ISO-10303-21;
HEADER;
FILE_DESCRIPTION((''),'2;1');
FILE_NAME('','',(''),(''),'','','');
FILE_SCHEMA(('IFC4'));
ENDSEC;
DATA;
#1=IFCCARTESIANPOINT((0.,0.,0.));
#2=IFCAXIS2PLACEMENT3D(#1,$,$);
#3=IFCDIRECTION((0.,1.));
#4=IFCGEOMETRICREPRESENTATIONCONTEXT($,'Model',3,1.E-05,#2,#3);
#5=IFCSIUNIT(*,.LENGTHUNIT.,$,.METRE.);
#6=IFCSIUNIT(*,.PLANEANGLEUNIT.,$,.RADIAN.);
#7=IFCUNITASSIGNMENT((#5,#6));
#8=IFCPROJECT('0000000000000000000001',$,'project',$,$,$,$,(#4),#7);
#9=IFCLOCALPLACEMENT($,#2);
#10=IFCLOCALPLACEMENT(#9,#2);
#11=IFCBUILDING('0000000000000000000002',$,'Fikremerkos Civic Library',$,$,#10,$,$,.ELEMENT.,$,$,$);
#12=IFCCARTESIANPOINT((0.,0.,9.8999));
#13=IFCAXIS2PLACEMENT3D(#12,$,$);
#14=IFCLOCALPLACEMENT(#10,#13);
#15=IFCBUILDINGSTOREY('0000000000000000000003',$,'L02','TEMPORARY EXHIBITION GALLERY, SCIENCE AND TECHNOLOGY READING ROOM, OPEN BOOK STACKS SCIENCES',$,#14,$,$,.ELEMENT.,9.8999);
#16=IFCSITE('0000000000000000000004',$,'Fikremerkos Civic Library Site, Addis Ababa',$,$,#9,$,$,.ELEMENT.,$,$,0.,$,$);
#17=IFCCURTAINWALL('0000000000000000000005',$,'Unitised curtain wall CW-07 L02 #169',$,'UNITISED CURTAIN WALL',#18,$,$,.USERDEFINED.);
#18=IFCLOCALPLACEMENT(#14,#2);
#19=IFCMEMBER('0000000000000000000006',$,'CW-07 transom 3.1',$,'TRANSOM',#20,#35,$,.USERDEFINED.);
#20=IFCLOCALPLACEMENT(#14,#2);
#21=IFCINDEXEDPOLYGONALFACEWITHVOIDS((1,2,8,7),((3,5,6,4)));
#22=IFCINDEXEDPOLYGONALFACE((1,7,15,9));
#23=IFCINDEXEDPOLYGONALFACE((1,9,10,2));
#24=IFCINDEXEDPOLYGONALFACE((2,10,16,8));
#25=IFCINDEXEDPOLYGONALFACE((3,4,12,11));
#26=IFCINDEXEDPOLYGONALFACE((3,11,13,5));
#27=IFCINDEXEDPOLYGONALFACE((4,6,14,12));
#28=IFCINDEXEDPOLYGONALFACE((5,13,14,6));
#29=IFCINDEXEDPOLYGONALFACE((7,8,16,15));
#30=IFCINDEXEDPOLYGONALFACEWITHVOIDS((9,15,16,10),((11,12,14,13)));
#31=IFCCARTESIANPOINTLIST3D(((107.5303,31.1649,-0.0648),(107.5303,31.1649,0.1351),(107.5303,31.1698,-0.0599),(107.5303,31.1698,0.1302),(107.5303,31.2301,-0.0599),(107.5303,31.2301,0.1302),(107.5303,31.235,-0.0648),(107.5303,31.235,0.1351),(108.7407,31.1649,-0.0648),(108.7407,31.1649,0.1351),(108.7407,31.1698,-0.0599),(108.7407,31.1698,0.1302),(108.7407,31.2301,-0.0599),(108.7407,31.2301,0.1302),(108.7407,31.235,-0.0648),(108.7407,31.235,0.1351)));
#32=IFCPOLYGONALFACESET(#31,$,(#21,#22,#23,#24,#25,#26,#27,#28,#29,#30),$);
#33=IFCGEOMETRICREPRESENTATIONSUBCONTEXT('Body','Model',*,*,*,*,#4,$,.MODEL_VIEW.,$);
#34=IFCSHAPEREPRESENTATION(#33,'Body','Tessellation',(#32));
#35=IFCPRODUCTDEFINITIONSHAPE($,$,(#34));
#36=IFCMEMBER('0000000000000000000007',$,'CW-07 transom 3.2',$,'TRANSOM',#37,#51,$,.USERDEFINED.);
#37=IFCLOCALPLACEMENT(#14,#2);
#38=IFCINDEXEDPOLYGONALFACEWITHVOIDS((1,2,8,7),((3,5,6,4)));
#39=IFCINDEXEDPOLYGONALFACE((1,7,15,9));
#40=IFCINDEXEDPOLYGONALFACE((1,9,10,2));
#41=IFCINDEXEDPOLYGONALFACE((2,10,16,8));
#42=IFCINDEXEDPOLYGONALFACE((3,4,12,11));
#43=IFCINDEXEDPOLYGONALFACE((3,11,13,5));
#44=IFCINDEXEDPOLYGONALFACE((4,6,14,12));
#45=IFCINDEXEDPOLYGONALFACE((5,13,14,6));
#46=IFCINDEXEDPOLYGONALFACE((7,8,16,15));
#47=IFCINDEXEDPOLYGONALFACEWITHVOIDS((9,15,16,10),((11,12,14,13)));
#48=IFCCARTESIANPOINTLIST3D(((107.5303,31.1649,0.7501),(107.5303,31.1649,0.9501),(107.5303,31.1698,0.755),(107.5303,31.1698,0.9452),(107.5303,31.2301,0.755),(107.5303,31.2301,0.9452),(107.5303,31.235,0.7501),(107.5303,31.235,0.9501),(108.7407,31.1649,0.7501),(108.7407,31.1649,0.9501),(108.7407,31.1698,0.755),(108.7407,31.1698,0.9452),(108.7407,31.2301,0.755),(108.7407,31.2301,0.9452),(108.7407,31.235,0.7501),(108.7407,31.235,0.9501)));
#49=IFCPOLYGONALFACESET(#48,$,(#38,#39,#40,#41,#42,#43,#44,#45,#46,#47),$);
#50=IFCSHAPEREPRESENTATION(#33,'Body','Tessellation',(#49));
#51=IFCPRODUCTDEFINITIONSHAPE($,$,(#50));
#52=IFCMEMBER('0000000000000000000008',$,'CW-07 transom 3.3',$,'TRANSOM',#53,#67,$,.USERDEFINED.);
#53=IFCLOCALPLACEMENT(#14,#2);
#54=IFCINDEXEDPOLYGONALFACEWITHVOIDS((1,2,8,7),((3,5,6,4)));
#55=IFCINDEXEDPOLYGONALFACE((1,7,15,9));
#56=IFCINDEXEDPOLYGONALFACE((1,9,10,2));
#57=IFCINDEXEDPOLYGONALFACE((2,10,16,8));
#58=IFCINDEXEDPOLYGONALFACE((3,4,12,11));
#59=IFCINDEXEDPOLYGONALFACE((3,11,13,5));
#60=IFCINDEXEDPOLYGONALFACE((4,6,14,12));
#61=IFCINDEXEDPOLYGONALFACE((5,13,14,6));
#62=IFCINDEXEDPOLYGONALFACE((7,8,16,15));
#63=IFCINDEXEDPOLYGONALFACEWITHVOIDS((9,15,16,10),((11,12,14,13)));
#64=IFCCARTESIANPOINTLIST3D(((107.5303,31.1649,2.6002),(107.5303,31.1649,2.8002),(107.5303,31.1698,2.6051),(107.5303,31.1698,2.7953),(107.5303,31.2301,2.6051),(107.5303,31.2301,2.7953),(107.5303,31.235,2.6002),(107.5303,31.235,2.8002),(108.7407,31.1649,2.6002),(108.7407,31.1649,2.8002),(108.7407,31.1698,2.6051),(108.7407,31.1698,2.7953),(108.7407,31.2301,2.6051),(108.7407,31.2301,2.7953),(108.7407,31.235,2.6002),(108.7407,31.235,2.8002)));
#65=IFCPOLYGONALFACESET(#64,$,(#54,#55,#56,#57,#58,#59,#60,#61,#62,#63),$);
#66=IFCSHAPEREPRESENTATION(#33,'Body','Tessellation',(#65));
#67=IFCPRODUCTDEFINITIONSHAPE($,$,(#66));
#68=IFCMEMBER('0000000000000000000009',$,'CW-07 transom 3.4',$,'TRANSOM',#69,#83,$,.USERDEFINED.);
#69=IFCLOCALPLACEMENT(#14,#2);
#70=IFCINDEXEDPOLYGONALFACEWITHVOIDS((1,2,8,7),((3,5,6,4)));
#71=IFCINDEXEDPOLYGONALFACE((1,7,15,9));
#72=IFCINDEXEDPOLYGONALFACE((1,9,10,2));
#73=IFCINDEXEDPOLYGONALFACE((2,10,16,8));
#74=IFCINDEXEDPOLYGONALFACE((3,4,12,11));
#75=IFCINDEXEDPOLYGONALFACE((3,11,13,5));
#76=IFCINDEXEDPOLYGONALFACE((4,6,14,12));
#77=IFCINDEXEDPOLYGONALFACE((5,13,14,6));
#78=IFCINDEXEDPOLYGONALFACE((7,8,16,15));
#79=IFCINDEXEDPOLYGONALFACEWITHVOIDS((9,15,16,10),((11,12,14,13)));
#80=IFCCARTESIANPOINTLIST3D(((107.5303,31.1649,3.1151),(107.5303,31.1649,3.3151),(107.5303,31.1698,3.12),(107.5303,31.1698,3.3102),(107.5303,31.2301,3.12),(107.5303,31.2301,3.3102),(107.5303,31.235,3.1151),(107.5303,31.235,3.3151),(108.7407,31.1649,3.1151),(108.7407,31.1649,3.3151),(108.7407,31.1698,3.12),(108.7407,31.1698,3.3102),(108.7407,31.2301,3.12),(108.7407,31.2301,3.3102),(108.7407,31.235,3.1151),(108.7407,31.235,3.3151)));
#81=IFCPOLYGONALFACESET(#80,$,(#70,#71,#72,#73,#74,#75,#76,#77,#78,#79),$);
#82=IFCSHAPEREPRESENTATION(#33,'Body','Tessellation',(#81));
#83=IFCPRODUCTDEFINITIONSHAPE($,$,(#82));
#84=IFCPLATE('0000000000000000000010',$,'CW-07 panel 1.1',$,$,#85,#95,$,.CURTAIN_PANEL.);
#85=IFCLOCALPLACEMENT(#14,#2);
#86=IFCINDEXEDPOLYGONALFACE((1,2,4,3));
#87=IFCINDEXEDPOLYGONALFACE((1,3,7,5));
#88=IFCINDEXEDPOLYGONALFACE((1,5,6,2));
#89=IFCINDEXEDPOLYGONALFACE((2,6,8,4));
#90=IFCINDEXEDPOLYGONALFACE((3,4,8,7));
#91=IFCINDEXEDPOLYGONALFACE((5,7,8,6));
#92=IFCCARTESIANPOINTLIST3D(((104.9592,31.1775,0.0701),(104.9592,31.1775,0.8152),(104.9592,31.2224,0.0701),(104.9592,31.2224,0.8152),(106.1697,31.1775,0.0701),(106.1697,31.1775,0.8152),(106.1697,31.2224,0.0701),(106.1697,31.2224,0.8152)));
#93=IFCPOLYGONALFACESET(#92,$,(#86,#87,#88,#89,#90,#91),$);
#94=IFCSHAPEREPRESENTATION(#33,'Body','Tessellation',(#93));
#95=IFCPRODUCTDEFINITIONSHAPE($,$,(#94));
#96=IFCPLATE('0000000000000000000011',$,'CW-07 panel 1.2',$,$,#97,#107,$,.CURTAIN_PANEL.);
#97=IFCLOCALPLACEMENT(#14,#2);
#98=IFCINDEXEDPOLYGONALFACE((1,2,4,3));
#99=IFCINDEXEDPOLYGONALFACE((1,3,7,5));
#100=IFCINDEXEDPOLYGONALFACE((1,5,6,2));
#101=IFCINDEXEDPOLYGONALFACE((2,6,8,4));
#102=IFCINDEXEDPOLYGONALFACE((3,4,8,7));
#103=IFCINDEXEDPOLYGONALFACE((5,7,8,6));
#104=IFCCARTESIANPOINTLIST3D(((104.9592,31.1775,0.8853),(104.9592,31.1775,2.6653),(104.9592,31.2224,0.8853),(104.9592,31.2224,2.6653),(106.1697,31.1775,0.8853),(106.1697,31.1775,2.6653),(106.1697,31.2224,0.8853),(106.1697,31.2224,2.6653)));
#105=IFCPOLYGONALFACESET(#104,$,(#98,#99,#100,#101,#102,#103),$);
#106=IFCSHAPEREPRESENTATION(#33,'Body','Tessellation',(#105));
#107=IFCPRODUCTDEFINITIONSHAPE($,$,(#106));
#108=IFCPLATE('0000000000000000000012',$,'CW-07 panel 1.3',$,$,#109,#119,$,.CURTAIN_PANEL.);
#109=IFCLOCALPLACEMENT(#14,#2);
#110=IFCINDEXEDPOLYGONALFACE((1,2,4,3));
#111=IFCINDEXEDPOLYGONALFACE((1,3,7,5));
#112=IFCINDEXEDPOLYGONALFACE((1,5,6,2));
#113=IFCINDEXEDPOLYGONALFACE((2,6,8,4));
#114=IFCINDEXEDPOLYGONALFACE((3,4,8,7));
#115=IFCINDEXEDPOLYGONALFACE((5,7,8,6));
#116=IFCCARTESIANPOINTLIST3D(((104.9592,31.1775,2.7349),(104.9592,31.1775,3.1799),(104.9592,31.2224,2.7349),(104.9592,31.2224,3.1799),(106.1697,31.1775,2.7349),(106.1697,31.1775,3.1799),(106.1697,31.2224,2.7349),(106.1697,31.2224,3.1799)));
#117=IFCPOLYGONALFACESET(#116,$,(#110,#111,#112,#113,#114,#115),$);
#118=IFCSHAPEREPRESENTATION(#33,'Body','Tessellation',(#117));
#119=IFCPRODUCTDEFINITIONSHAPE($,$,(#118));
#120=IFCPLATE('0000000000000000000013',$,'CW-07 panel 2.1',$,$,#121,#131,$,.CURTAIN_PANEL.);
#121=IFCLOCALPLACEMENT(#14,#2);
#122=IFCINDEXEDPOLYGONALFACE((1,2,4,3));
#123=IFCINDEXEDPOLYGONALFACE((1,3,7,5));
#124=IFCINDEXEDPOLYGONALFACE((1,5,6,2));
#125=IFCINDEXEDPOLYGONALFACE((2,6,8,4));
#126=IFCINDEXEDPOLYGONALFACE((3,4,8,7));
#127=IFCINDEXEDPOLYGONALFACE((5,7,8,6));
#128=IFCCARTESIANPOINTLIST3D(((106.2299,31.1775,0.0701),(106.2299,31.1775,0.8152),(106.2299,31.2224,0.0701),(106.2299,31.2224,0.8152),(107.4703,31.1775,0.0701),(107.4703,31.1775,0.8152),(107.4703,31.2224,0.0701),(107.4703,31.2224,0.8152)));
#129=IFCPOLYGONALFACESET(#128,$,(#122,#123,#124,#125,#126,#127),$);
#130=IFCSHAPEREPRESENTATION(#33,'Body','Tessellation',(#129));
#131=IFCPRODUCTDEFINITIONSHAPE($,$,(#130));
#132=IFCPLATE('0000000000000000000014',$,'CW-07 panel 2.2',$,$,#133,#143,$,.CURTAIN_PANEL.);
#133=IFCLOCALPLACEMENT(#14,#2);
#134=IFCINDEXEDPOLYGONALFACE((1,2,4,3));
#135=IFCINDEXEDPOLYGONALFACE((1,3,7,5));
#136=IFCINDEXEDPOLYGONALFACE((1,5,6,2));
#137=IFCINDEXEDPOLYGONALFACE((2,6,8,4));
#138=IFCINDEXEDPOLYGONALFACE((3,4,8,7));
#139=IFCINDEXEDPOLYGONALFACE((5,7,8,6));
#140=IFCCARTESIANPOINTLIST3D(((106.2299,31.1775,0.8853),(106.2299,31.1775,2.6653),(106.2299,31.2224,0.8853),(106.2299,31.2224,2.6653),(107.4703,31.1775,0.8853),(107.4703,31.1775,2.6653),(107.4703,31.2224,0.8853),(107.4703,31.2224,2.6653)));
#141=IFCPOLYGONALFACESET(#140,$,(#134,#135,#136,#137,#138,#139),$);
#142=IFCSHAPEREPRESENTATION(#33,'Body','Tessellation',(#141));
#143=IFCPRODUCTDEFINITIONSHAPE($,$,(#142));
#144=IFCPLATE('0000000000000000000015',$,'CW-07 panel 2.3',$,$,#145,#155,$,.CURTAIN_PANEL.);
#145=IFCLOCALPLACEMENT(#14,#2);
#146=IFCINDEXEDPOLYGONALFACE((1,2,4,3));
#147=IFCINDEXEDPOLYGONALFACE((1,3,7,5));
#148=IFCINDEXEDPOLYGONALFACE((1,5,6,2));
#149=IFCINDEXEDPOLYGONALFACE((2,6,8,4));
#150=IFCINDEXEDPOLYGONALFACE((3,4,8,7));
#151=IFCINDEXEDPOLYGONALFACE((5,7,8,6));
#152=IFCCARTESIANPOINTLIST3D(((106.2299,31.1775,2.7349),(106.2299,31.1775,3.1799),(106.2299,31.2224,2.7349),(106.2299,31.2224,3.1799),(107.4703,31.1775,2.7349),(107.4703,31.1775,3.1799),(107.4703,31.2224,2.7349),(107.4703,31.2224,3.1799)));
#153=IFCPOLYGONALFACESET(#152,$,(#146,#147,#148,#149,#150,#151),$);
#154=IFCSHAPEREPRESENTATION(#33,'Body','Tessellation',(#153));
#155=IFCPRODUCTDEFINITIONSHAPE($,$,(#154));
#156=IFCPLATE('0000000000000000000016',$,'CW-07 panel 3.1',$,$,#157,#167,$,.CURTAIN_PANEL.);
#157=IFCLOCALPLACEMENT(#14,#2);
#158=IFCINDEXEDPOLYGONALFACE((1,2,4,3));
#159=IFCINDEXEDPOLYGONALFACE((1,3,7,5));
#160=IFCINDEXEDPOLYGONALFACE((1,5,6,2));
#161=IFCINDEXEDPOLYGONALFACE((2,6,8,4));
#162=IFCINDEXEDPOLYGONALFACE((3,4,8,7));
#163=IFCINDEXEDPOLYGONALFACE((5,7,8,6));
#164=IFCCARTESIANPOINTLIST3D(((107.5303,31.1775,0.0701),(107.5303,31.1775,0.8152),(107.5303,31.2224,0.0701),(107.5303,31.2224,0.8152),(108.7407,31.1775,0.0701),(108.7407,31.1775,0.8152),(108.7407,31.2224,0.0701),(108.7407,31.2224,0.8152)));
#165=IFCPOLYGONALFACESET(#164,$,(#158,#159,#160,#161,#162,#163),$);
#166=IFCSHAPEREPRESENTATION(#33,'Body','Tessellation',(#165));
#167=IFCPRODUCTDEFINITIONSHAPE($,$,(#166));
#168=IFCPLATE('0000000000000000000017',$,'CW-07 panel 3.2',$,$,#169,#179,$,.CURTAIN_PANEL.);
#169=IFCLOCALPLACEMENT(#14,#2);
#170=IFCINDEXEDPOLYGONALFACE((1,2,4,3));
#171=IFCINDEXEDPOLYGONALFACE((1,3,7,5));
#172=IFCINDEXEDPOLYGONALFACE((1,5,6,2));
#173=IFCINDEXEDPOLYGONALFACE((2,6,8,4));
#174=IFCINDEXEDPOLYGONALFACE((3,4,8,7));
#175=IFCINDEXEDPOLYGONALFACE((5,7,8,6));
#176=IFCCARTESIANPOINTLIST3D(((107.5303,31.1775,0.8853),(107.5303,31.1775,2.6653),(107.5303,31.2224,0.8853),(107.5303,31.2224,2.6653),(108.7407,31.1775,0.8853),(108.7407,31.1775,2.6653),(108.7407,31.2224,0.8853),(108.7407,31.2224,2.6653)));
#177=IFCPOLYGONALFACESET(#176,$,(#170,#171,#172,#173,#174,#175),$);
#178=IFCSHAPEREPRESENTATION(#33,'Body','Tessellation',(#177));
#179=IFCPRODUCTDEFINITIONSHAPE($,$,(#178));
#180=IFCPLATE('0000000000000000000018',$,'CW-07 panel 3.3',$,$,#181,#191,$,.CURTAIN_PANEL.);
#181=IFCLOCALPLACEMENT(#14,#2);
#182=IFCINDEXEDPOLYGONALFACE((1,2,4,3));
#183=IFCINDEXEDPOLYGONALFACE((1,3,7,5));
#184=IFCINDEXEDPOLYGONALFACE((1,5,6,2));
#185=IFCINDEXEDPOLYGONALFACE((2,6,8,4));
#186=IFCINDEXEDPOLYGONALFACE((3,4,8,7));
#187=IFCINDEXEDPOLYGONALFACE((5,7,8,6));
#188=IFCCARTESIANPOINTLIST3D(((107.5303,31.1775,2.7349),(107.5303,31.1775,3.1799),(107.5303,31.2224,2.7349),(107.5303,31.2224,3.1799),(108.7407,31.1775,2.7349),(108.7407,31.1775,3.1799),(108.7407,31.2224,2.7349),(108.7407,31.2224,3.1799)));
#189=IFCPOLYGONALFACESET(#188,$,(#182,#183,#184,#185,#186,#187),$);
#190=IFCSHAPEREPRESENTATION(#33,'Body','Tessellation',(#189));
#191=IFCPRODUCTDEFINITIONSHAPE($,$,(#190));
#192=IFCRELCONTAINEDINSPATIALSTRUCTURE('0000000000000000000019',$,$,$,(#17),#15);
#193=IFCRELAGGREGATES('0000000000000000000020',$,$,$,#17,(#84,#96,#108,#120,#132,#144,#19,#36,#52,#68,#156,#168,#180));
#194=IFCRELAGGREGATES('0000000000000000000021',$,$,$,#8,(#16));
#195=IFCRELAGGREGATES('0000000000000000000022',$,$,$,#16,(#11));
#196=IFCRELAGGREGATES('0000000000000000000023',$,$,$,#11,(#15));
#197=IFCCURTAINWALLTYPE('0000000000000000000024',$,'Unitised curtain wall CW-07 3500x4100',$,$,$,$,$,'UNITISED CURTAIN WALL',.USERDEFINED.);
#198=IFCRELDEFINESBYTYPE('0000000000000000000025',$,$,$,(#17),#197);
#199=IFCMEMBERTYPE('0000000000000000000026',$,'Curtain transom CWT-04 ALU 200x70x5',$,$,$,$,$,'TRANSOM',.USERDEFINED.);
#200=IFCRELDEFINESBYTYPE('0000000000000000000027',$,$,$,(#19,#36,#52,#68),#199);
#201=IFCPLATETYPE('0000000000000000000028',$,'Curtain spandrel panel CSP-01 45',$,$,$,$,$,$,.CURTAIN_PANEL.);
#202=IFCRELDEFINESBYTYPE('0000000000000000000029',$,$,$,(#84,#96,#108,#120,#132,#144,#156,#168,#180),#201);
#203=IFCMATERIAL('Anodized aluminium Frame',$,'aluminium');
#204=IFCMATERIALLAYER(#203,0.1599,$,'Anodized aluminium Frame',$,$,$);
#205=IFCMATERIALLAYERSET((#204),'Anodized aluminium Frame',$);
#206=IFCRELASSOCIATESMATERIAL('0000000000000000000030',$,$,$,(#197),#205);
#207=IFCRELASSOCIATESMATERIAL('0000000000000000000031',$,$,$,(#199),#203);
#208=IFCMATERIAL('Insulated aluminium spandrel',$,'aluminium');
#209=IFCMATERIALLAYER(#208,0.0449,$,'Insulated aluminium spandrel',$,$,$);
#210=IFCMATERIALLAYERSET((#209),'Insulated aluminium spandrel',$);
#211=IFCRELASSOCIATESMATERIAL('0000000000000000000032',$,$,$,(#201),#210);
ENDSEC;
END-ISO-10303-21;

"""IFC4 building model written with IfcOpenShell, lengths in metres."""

from ifc_helpers import new_model, si_unit, direction, frame, origin, origin_2d, place, context, subcontext, project, spatial, rectangle, hollow_rectangle, extrude, material, layer, layer_set, material_profile, profile_set, type_object, element, aggregate, save


model = new_model("IFC4")

# Units and contexts
model_context = context("Model", 3, precision=1e-05, world=origin(), true_north=direction((0.0, 1.0)))
body_context = subcontext(model_context, "Body", "Model", "MODEL_VIEW")
ifc_project = project(units=[si_unit("LENGTHUNIT", "METRE"), si_unit("PLANEANGLEUNIT", "RADIAN")], contexts=[model_context])

# Site, building, storey
site_placement = place(None, origin())
site = spatial("IfcSite", under=ifc_project, at=site_placement, Name="Fikremerkos Civic Library Site, Addis Ababa", CompositionType="ELEMENT", RefElevation=0.0)
building_placement = place(site_placement, origin())
building = spatial("IfcBuilding", under=site, at=building_placement, Name="Fikremerkos Civic Library", CompositionType="ELEMENT")
storey_placement = place(building_placement, frame((0.0, 0.0, 9.8999)))
storey = spatial("IfcBuildingStorey", under=building, at=storey_placement, Name="L02", Description="TEMPORARY EXHIBITION GALLERY, SCIENCE AND TECHNOLOGY READING ROOM, OPEN BOOK STACKS SCIENCES", CompositionType="ELEMENT", Elevation=9.8999)

# Curtain wall, members, plates
ifc_material_1 = material(Name="Anodized aluminium Frame", Category="aluminium")
ifc_layer_1 = layer(ifc_material_1, 0.1599, Name="Anodized aluminium Frame")
ifc_layer_set_1 = layer_set([ifc_layer_1], Name="Anodized aluminium Frame")
curtain_wall_type = type_object("IfcCurtainWallType", Name="Unitised curtain wall CW-07 3500x4100", ElementType="UNITISED CURTAIN WALL", PredefinedType="USERDEFINED", material=ifc_layer_set_1)
curtain_wall_placement = place(storey_placement, origin())
curtain_wall = element("IfcCurtainWall", 1, at=curtain_wall_placement, inside=storey, type_object=curtain_wall_type, Name="Unitised curtain wall CW-07 L02 #169", ObjectType="UNITISED CURTAIN WALL", PredefinedType="USERDEFINED")
ifc_material_profile_1 = material_profile(ifc_material_1, hollow_rectangle(XDim=0.0701, YDim=0.2, WallThickness=0.0049, at=origin_2d()), Name="ALU 200x70x5")
ifc_profile_set_1 = profile_set([ifc_material_profile_1], Name="Anodized aluminium Frame")
member_type_1 = type_object("IfcMemberType", Name="Curtain transom CWT-04 ALU 200x70x5", ElementType="TRANSOM", PredefinedType="USERDEFINED", material=ifc_profile_set_1)
member_1_placement = place(storey_placement, frame((107.5303, 31.2, 0.0352), z_axis=(1.0, 0.0, 0.0), x_axis=(0.0, 1.0, 0.0)))
member_1 = element("IfcMember", 2, at=member_1_placement, type_object=member_type_1, Name="CW-07 transom 3.1", ObjectType="TRANSOM", PredefinedType="USERDEFINED", context=body_context, shape_type="SweptSolid", body=[
    extrude(hollow_rectangle(XDim=0.0701, YDim=0.2, WallThickness=0.0049, at=origin_2d()), origin(), (0.0, 0.0, 1.0), 1.2104),
])
member_2_placement = place(storey_placement, frame((107.5303, 31.2, 0.8501), z_axis=(1.0, 0.0, 0.0), x_axis=(0.0, 1.0, 0.0)))
member_2 = element("IfcMember", 3, at=member_2_placement, type_object=member_type_1, Name="CW-07 transom 3.2", ObjectType="TRANSOM", PredefinedType="USERDEFINED", context=body_context, shape_type="SweptSolid", body=[
    extrude(hollow_rectangle(XDim=0.0701, YDim=0.2, WallThickness=0.0049, at=origin_2d()), origin(), (0.0, 0.0, 1.0), 1.2104),
])
member_3_placement = place(storey_placement, frame((107.5303, 31.2, 2.7002), z_axis=(1.0, 0.0, 0.0), x_axis=(0.0, 1.0, 0.0)))
member_3 = element("IfcMember", 4, at=member_3_placement, type_object=member_type_1, Name="CW-07 transom 3.3", ObjectType="TRANSOM", PredefinedType="USERDEFINED", context=body_context, shape_type="SweptSolid", body=[
    extrude(hollow_rectangle(XDim=0.0701, YDim=0.2, WallThickness=0.0049, at=origin_2d()), origin(), (0.0, 0.0, 1.0), 1.2104),
])
member_4_placement = place(storey_placement, frame((107.5303, 31.2, 3.2151), z_axis=(1.0, 0.0, 0.0), x_axis=(0.0, 1.0, 0.0)))
member_4 = element("IfcMember", 5, at=member_4_placement, type_object=member_type_1, Name="CW-07 transom 3.4", ObjectType="TRANSOM", PredefinedType="USERDEFINED", context=body_context, shape_type="SweptSolid", body=[
    extrude(hollow_rectangle(XDim=0.0701, YDim=0.2, WallThickness=0.0049, at=origin_2d()), origin(), (0.0, 0.0, 1.0), 1.2104),
])
ifc_material_2 = material(Name="Insulated aluminium spandrel", Category="aluminium")
ifc_layer_2 = layer(ifc_material_2, 0.0449, Name="Insulated aluminium spandrel")
ifc_layer_set_2 = layer_set([ifc_layer_2], Name="Insulated aluminium spandrel")
plate_type = type_object("IfcPlateType", Name="Curtain spandrel panel CSP-01 45", PredefinedType="CURTAIN_PANEL", material=ifc_layer_set_2)
plate_1_placement = place(storey_placement, frame((105.5645, 31.2, 0.0701), z_axis=(0.0, 0.0, 1.0), x_axis=(1.0, 0.0, 0.0)))
plate_1 = element("IfcPlate", 6, at=plate_1_placement, type_object=plate_type, Name="CW-07 panel 1.1", PredefinedType="CURTAIN_PANEL", context=body_context, shape_type="SweptSolid", body=[
    extrude(rectangle(XDim=1.2104, YDim=0.0449, at=origin_2d()), origin(), (0.0, 0.0, 1.0), 0.7451),
])
plate_2_placement = place(storey_placement, frame((105.5645, 31.2, 0.8853), z_axis=(0.0, 0.0, 1.0), x_axis=(1.0, 0.0, 0.0)))
plate_2 = element("IfcPlate", 7, at=plate_2_placement, type_object=plate_type, Name="CW-07 panel 1.2", PredefinedType="CURTAIN_PANEL", context=body_context, shape_type="SweptSolid", body=[
    extrude(rectangle(XDim=1.2104, YDim=0.0449, at=origin_2d()), origin(), (0.0, 0.0, 1.0), 1.78),
])
plate_3_placement = place(storey_placement, frame((105.5645, 31.2, 2.7349), z_axis=(0.0, 0.0, 1.0), x_axis=(1.0, 0.0, 0.0)))
plate_3 = element("IfcPlate", 8, at=plate_3_placement, type_object=plate_type, Name="CW-07 panel 1.3", PredefinedType="CURTAIN_PANEL", context=body_context, shape_type="SweptSolid", body=[
    extrude(rectangle(XDim=1.2104, YDim=0.0449, at=origin_2d()), origin(), (0.0, 0.0, 1.0), 0.4451),
])
plate_4_placement = place(storey_placement, frame((106.8501, 31.2, 0.0701), z_axis=(0.0, 0.0, 1.0), x_axis=(1.0, 0.0, 0.0)))
plate_4 = element("IfcPlate", 9, at=plate_4_placement, type_object=plate_type, Name="CW-07 panel 2.1", PredefinedType="CURTAIN_PANEL", context=body_context, shape_type="SweptSolid", body=[
    extrude(rectangle(XDim=1.2405, YDim=0.0449, at=origin_2d()), origin(), (0.0, 0.0, 1.0), 0.7451),
])
plate_5_placement = place(storey_placement, frame((106.8501, 31.2, 0.8853), z_axis=(0.0, 0.0, 1.0), x_axis=(1.0, 0.0, 0.0)))
plate_5 = element("IfcPlate", 10, at=plate_5_placement, type_object=plate_type, Name="CW-07 panel 2.2", PredefinedType="CURTAIN_PANEL", context=body_context, shape_type="SweptSolid", body=[
    extrude(rectangle(XDim=1.2405, YDim=0.0449, at=origin_2d()), origin(), (0.0, 0.0, 1.0), 1.78),
])
plate_6_placement = place(storey_placement, frame((106.8501, 31.2, 2.7349), z_axis=(0.0, 0.0, 1.0), x_axis=(1.0, 0.0, 0.0)))
plate_6 = element("IfcPlate", 11, at=plate_6_placement, type_object=plate_type, Name="CW-07 panel 2.3", PredefinedType="CURTAIN_PANEL", context=body_context, shape_type="SweptSolid", body=[
    extrude(rectangle(XDim=1.2405, YDim=0.0449, at=origin_2d()), origin(), (0.0, 0.0, 1.0), 0.4451),
])
plate_7_placement = place(storey_placement, frame((108.1355, 31.2, 0.0701), z_axis=(0.0, 0.0, 1.0), x_axis=(1.0, 0.0, 0.0)))
plate_7 = element("IfcPlate", 12, at=plate_7_placement, type_object=plate_type, Name="CW-07 panel 3.1", PredefinedType="CURTAIN_PANEL", context=body_context, shape_type="SweptSolid", body=[
    extrude(rectangle(XDim=1.2104, YDim=0.0449, at=origin_2d()), origin(), (0.0, 0.0, 1.0), 0.7451),
])
plate_8_placement = place(storey_placement, frame((108.1355, 31.2, 0.8853), z_axis=(0.0, 0.0, 1.0), x_axis=(1.0, 0.0, 0.0)))
plate_8 = element("IfcPlate", 13, at=plate_8_placement, type_object=plate_type, Name="CW-07 panel 3.2", PredefinedType="CURTAIN_PANEL", context=body_context, shape_type="SweptSolid", body=[
    extrude(rectangle(XDim=1.2104, YDim=0.0449, at=origin_2d()), origin(), (0.0, 0.0, 1.0), 1.78),
])
plate_9_placement = place(storey_placement, frame((108.1355, 31.2, 2.7349), z_axis=(0.0, 0.0, 1.0), x_axis=(1.0, 0.0, 0.0)))
plate_9 = element("IfcPlate", 14, at=plate_9_placement, type_object=plate_type, Name="CW-07 panel 3.3", PredefinedType="CURTAIN_PANEL", context=body_context, shape_type="SweptSolid", body=[
    extrude(rectangle(XDim=1.2104, YDim=0.0449, at=origin_2d()), origin(), (0.0, 0.0, 1.0), 0.4451),
])
aggregate(curtain_wall, [plate_1, plate_2, plate_3, plate_4, plate_5, plate_6, member_1, member_2, member_3, member_4, plate_7, plate_8, plate_9])

save(model, "model.ifc")
